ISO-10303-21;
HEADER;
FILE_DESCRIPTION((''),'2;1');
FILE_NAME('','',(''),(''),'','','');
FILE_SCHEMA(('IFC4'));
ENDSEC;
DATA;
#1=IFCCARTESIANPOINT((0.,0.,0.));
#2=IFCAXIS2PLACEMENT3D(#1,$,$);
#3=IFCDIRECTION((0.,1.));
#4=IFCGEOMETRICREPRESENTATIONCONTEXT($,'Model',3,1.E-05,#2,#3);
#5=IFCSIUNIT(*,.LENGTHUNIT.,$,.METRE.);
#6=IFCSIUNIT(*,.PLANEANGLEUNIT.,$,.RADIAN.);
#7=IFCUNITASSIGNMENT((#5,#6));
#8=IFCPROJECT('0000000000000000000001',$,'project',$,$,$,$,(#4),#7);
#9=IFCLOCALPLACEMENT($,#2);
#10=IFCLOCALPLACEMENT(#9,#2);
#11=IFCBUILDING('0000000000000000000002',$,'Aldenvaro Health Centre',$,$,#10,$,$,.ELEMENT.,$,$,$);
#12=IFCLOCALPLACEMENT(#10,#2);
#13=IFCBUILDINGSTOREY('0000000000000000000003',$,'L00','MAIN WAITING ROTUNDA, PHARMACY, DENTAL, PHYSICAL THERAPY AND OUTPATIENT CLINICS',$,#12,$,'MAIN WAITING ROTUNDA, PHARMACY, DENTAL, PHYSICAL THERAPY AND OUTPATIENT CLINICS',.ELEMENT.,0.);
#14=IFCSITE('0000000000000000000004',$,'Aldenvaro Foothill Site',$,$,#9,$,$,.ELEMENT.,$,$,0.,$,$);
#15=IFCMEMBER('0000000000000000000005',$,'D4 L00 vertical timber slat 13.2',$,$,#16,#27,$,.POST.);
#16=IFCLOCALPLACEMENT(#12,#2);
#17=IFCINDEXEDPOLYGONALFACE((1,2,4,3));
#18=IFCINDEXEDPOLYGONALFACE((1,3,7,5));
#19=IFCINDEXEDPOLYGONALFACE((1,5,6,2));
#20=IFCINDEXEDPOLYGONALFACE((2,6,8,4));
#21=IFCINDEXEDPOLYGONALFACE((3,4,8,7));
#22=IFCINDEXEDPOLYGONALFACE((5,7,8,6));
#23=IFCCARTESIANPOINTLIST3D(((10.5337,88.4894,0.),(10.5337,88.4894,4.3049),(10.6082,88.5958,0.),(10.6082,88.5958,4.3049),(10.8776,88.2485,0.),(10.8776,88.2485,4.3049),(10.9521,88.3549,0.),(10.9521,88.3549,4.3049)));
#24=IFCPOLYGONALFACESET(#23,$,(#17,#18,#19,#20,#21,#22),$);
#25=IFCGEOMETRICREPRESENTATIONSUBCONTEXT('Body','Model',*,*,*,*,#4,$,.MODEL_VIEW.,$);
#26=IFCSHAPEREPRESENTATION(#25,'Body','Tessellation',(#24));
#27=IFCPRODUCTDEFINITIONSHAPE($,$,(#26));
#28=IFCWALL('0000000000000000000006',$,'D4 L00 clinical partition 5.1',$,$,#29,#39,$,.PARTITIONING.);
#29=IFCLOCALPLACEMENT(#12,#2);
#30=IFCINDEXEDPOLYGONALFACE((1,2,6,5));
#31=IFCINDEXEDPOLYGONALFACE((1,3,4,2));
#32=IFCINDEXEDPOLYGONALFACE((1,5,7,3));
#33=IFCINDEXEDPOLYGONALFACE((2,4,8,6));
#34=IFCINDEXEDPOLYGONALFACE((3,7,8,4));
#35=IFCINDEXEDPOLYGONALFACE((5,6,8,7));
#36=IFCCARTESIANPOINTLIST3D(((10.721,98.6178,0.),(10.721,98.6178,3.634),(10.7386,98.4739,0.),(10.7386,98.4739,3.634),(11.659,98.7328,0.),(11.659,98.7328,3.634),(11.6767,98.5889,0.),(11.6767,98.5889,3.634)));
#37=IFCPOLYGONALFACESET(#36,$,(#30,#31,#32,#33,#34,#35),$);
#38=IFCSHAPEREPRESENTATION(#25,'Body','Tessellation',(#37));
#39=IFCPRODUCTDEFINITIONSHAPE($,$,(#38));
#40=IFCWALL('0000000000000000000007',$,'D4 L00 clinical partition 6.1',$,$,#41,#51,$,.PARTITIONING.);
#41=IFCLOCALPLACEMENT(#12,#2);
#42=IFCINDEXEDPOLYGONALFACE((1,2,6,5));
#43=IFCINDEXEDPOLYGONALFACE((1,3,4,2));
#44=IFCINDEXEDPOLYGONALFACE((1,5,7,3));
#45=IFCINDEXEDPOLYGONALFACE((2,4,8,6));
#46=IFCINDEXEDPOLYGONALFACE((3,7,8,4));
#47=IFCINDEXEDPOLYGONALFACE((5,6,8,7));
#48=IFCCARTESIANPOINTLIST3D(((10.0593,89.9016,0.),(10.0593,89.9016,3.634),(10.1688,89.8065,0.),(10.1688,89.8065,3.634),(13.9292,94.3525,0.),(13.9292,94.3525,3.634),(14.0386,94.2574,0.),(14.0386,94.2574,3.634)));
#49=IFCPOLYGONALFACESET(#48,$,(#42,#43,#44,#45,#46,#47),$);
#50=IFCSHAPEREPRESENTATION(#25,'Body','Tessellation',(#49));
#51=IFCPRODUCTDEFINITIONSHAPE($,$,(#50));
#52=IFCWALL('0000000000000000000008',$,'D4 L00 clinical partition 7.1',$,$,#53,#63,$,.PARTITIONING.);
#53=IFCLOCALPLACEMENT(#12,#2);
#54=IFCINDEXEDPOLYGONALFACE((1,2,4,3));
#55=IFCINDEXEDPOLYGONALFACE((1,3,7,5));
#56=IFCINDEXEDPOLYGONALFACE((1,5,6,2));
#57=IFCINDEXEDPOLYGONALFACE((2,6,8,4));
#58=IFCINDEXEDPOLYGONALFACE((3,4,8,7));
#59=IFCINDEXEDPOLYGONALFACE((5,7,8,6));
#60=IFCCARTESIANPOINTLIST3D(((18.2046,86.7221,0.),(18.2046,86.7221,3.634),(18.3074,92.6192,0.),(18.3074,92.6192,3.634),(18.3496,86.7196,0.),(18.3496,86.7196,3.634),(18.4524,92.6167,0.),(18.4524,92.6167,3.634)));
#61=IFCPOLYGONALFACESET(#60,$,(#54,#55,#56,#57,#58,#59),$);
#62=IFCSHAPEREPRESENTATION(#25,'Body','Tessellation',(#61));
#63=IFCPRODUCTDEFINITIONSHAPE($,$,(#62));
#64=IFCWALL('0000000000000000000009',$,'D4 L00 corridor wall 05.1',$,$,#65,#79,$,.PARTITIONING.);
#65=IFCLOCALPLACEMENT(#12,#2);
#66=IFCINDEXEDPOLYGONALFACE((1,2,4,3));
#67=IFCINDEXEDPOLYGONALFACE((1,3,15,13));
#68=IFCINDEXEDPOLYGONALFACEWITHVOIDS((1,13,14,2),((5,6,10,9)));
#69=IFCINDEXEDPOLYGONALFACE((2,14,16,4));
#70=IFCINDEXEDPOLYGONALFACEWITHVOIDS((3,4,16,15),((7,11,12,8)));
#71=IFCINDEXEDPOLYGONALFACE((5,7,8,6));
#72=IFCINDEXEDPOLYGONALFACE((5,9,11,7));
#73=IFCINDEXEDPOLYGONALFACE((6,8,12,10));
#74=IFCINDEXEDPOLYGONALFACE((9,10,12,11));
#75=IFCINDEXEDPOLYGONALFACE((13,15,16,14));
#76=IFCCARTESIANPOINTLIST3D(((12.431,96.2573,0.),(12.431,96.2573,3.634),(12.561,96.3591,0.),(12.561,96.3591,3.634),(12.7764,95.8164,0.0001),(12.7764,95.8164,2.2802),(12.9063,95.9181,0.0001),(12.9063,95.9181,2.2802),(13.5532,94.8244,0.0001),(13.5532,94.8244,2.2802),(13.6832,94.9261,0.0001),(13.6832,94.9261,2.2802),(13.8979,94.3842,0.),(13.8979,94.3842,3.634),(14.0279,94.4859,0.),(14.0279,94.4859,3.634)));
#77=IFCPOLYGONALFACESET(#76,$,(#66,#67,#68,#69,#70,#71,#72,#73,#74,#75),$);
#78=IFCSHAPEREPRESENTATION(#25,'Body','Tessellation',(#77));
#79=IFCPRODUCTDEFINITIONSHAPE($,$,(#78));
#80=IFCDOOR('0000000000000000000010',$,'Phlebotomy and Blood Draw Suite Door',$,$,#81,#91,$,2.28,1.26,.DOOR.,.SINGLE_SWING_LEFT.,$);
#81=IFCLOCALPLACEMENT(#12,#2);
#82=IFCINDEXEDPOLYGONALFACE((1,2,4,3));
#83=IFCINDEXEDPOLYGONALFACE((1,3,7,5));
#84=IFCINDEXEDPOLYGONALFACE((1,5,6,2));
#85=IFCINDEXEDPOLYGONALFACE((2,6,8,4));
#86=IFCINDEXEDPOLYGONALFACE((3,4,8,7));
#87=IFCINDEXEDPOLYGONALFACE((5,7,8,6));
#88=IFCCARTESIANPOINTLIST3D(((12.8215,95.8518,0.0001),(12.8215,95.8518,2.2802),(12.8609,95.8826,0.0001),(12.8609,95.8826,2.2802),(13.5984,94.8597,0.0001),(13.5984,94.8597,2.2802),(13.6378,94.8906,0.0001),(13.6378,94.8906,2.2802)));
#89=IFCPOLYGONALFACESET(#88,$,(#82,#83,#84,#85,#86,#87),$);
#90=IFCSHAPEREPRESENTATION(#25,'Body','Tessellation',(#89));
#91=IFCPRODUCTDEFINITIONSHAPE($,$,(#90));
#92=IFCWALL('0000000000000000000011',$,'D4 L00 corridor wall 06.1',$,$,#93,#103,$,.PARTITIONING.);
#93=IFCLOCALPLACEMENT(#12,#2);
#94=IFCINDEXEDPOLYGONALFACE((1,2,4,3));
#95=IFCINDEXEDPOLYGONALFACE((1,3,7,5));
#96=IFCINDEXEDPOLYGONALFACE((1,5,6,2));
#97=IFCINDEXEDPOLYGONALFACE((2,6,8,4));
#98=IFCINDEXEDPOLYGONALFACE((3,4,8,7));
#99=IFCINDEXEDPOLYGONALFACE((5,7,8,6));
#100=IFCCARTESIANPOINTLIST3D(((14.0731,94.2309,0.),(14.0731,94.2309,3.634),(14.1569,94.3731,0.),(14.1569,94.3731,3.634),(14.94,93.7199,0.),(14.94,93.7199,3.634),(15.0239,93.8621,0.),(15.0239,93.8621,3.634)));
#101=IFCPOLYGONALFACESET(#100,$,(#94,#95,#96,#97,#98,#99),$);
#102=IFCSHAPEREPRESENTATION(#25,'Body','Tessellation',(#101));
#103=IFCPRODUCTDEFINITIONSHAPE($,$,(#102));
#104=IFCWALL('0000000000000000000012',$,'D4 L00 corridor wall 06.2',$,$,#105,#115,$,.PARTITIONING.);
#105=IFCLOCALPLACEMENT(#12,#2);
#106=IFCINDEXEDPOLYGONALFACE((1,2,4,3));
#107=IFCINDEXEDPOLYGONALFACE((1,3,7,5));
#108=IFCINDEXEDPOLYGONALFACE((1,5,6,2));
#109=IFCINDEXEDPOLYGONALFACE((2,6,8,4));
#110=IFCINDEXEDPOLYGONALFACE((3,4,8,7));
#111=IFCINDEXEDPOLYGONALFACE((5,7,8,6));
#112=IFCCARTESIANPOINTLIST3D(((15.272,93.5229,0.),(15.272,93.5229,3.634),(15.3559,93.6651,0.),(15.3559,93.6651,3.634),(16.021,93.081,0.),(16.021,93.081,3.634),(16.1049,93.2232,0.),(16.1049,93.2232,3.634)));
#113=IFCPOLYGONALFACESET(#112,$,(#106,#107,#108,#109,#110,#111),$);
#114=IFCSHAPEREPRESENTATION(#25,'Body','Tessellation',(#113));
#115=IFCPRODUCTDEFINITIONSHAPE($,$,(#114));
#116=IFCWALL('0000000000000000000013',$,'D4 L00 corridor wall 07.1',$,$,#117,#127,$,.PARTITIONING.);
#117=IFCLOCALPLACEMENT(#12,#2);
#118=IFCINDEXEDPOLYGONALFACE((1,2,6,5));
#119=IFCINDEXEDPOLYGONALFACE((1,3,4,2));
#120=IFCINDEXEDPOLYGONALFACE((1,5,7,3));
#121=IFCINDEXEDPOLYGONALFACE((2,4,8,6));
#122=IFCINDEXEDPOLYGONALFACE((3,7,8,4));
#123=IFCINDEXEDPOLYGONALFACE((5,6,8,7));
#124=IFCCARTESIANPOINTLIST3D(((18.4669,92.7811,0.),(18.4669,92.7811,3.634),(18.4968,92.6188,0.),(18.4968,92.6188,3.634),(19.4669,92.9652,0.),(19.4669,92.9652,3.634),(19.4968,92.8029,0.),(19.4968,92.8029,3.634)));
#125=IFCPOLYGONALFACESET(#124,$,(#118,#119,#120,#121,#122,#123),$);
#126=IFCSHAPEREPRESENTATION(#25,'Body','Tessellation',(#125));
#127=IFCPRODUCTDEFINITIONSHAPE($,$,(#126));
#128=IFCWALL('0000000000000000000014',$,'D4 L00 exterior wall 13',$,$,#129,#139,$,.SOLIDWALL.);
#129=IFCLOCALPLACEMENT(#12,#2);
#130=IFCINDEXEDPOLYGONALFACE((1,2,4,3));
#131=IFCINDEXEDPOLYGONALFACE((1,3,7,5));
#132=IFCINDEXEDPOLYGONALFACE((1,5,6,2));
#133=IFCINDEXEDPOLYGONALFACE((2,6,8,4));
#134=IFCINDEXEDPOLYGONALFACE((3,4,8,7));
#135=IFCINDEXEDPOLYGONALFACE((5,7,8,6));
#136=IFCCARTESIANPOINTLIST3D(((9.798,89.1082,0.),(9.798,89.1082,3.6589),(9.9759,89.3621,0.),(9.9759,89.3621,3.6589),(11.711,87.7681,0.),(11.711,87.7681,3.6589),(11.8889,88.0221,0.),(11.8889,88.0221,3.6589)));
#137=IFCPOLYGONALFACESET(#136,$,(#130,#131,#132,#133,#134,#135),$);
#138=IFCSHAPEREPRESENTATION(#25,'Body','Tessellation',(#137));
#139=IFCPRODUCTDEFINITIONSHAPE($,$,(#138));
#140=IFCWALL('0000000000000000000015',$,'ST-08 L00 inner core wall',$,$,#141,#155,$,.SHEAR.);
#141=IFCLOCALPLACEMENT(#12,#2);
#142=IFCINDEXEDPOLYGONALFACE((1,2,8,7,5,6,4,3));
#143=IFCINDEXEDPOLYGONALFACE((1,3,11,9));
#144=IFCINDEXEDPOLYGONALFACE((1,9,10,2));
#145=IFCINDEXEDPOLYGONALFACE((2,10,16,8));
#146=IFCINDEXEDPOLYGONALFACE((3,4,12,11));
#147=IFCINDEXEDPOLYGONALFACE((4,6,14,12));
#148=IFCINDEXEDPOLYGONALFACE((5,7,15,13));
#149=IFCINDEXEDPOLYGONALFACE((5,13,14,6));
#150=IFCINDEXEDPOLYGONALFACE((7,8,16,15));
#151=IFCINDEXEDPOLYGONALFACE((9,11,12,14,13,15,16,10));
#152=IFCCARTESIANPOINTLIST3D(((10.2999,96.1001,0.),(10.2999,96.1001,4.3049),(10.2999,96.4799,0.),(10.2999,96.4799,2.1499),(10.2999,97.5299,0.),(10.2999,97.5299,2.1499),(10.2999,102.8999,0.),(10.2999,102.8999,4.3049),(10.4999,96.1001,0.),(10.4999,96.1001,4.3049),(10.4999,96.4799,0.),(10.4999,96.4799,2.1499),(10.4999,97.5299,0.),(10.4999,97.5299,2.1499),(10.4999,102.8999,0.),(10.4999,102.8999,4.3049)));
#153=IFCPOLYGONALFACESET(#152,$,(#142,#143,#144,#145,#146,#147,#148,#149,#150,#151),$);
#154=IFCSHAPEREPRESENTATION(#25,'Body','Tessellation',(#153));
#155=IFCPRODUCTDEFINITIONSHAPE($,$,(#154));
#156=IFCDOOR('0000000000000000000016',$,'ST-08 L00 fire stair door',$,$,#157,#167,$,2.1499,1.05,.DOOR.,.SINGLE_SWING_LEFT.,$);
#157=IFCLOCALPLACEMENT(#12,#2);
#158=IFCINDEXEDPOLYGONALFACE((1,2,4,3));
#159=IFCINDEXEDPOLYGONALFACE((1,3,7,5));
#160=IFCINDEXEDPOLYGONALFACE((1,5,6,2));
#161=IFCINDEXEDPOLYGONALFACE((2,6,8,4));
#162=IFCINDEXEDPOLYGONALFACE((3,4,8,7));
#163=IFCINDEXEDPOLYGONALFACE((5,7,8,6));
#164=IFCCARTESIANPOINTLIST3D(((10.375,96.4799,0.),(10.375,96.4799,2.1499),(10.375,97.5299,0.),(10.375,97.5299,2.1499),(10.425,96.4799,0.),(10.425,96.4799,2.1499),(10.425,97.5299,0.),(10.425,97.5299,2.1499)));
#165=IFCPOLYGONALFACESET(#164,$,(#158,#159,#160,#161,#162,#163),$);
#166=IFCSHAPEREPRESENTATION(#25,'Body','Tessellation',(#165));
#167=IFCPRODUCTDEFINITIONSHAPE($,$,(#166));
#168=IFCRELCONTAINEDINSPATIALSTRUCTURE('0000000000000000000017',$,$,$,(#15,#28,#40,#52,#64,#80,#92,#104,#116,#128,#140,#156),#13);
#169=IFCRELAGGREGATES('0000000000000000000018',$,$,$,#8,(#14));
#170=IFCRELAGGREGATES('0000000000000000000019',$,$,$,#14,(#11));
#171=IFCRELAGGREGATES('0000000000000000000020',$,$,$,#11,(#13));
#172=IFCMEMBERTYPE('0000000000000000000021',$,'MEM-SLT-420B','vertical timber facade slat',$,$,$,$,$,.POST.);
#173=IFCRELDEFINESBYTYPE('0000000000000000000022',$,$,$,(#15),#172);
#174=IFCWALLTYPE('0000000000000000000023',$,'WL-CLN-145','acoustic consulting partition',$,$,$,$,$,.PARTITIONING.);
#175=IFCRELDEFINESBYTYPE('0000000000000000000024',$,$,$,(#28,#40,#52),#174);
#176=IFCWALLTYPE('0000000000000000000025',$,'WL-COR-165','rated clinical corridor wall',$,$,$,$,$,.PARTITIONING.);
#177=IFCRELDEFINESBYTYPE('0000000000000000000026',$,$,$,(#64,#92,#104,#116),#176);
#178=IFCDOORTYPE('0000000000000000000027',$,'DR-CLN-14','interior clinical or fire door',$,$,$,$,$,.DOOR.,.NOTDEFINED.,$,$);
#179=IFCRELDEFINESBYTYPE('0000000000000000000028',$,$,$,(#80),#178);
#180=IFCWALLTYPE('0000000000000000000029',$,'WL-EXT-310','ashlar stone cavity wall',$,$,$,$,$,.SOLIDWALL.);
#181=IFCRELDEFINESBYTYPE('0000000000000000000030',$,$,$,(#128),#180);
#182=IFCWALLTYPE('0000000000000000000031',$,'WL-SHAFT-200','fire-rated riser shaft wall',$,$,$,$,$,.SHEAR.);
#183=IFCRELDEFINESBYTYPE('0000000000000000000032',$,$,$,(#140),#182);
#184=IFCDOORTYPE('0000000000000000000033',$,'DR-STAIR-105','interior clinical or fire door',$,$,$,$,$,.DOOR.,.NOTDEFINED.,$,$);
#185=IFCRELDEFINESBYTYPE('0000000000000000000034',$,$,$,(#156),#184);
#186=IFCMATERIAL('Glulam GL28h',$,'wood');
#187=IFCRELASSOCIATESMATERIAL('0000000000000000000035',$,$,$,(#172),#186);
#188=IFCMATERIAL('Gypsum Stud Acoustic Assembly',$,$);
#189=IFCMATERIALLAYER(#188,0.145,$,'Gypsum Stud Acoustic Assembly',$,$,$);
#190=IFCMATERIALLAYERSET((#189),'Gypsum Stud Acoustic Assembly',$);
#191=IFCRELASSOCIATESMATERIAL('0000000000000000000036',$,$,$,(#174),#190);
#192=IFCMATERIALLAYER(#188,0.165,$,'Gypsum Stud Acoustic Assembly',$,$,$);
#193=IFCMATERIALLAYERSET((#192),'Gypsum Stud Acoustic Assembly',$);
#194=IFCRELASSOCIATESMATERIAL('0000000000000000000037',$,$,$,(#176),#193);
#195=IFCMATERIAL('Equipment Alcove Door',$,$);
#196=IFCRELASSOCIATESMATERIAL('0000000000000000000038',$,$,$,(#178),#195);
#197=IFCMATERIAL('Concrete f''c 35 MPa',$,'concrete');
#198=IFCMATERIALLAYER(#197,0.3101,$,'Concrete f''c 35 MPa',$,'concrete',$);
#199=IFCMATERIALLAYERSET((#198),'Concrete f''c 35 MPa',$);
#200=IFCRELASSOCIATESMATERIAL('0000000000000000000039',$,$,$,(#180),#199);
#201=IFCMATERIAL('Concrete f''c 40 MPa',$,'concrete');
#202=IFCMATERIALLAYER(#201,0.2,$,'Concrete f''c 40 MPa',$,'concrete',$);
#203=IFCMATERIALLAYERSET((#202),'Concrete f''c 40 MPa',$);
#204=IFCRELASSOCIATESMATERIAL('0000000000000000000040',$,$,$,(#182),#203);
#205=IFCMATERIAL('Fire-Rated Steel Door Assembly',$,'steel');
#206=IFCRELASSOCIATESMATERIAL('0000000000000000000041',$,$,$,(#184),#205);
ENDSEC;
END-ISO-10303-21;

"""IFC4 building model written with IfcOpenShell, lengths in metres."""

from ifc_helpers import new_model, si_unit, direction, frame, frame_2d, origin, origin_2d, place, context, subcontext, project, spatial, rectangle, extrude, material, layer, layer_set, material_profile, profile_set, type_object, element, fill, save


model = new_model("IFC4")

# Units and contexts
model_context = context("Model", 3, precision=1e-05, world=origin(), true_north=direction((0.0, 1.0)))
body_context = subcontext(model_context, "Body", "Model", "MODEL_VIEW")
ifc_project = project(units=[si_unit("LENGTHUNIT", "METRE"), si_unit("PLANEANGLEUNIT", "RADIAN")], contexts=[model_context])

# Site, building, storey
site_placement = place(None, origin())
site = spatial("IfcSite", under=ifc_project, at=site_placement, Name="Aldenvaro Foothill Site", CompositionType="ELEMENT", RefElevation=0.0)
building_placement = place(site_placement, origin())
building = spatial("IfcBuilding", under=site, at=building_placement, Name="Aldenvaro Health Centre", CompositionType="ELEMENT")
storey_placement = place(building_placement, origin())
storey = spatial("IfcBuildingStorey", under=building, at=storey_placement, Name="L00", Description="MAIN WAITING ROTUNDA, PHARMACY, DENTAL, PHYSICAL THERAPY AND OUTPATIENT CLINICS", LongName="MAIN WAITING ROTUNDA, PHARMACY, DENTAL, PHYSICAL THERAPY AND OUTPATIENT CLINICS", CompositionType="ELEMENT", Elevation=0.0)

# Shared definitions
ifc_material_1 = material(Name="Glulam GL28h", Category="wood")
ifc_material_2 = material(Name="Concrete f'c 40 MPa", Category="concrete")

# Member
ifc_material_profile_1 = material_profile(ifc_material_1, rectangle(XDim=0.1299, YDim=0.4199, at=origin_2d()), Name="GL 130x420", Category="wood")
ifc_profile_set_1 = profile_set([ifc_material_profile_1], Name="Glulam GL28h")
member_type_1 = type_object("IfcMemberType", Name="MEM-SLT-420B", Description="vertical timber facade slat", PredefinedType="POST", material=ifc_profile_set_1)
member_placement = place(storey_placement, frame((10.7429, 88.4221, 0.0), z_axis=(0.0, 0.0, 1.0), x_axis=(-0.573721, -0.819051, 0.0)))
element("IfcMember", 1, at=member_placement, inside=storey, type_object=member_type_1, Name="D4 L00 vertical timber slat 13.2", PredefinedType="POST", context=body_context, shape_type="SweptSolid", body=[
    extrude(rectangle(XDim=0.1299, YDim=0.4199, at=origin_2d()), origin(), (0.0, 0.0, 1.0), 4.3049),
])

# Walls
ifc_material_3 = material(Name="Gypsum Stud Acoustic Assembly")
ifc_layer_1 = layer(ifc_material_3, 0.145, Name="Gypsum Stud Acoustic Assembly")
ifc_layer_set_1 = layer_set([ifc_layer_1], Name="Gypsum Stud Acoustic Assembly")
wall_type_1 = type_object("IfcWallType", Name="WL-CLN-145", Description="acoustic consulting partition", PredefinedType="PARTITIONING", material=ifc_layer_set_1)
wall_1_placement = place(storey_placement, frame((11.668, 98.6609, 0.0), z_axis=(0.0, 0.0, 1.0), x_axis=(-0.992569, -0.121681, 0.0)))
element("IfcWall", 2, at=wall_1_placement, inside=storey, type_object=wall_type_1, Name="D4 L00 clinical partition 5.1", PredefinedType="PARTITIONING", context=body_context, shape_type="SweptSolid", body=[
    extrude(rectangle(XDim=0.9451, YDim=0.145, at=frame_2d((0.4727, 0.0))), origin(), (0.0, 0.0, 1.0), 3.634),
])
for number, where, z_axis, x_axis, name in (
    (3, (13.9839, 94.3049, 0.0), (0.0, 0.0, 1.0), (-0.656131, -0.754647, 0.0), "D4 L00 clinical partition 6.1"),
    (4, (18.3799, 92.6179, 0.0), (0.0, 0.0, 1.0), (-0.017427, -0.999848, 0.0), "D4 L00 clinical partition 7.1"),
):
    element("IfcWall", number, at=place(storey_placement, frame(where, z_axis=z_axis, x_axis=x_axis)), inside=storey, type_object=wall_type_1, Name=name, PredefinedType="PARTITIONING", context=body_context, shape_type="SweptSolid", body=[
        extrude(rectangle(XDim=5.8979, YDim=0.145, at=frame_2d((2.949, 0.0))), origin(), (0.0, 0.0, 1.0), 3.634),
    ])

# Wall, opening, door
ifc_layer_2 = layer(ifc_material_3, 0.165, Name="Gypsum Stud Acoustic Assembly")
ifc_layer_set_2 = layer_set([ifc_layer_2], Name="Gypsum Stud Acoustic Assembly")
wall_type_2 = type_object("IfcWallType", Name="WL-COR-165", Description="rated clinical corridor wall", PredefinedType="PARTITIONING", material=ifc_layer_set_2)
wall_2_placement = place(storey_placement, frame((12.4961, 96.3081, 0.0), z_axis=(0.0, 0.0, 1.0), x_axis=(0.616552, -0.787314, 0.0)))
wall_2 = element("IfcWall", 5, at=wall_2_placement, inside=storey, type_object=wall_type_2, Name="D4 L00 corridor wall 05.1", PredefinedType="PARTITIONING", context=body_context, shape_type="SweptSolid", body=[
    extrude(rectangle(XDim=2.3792, YDim=0.165, at=frame_2d((1.1895, 0.0))), origin(), (0.0, 0.0, 1.0), 3.634),
])
opening_1_placement = place(wall_2_placement, frame((0.5601, 0.0, 0.0)))
opening_1 = element("IfcOpeningElement", 6, at=opening_1_placement, cuts=wall_2, PredefinedType="OPENING", context=body_context, shape_type="SweptSolid", body=[
    extrude(rectangle(XDim=1.26, YDim=2.28, at=frame_2d((0.6299, 1.1401))), frame((0.0, 0.0925, 0.0), z_axis=(0.0, -1.0, 0.0), x_axis=(1.0, 0.0, 0.0)), (0.0, 0.0, 1.0), 0.1851),
])
ifc_material_4 = material(Name="Equipment Alcove Door")
door_type_1 = type_object("IfcDoorType", Name="DR-CLN-14", Description="interior clinical or fire door", OperationType="NOTDEFINED", PredefinedType="DOOR", material=ifc_material_4)
door_1_placement = place(opening_1_placement, origin())
door_1 = element("IfcDoor", 7, at=door_1_placement, inside=storey, type_object=door_type_1, Name="Phlebotomy and Blood Draw Suite Door", OperationType="SINGLE_SWING_LEFT", OverallHeight=2.28, OverallWidth=1.26, PredefinedType="DOOR", context=body_context, shape_type="SweptSolid", body=[
    extrude(rectangle(XDim=1.26, YDim=2.28, at=frame_2d((0.6299, 1.1401))), frame((0.0, 0.0249, 0.0), z_axis=(0.0, -1.0, 0.0), x_axis=(1.0, 0.0, 0.0)), (0.0, 0.0, 1.0), 0.05),
])
fill(opening_1, door_1)

# Walls
wall_3_placement = place(storey_placement, frame((14.115, 94.302, 0.0), z_axis=(0.0, 0.0, 1.0), x_axis=(0.861491, -0.507773, 0.0)))
element("IfcWall", 8, at=wall_3_placement, inside=storey, type_object=wall_type_2, Name="D4 L00 corridor wall 06.1", PredefinedType="PARTITIONING", context=body_context, shape_type="SweptSolid", body=[
    extrude(rectangle(XDim=1.0063, YDim=0.165, at=frame_2d((0.5032, 0.0))), origin(), (0.0, 0.0, 1.0), 3.634),
])
wall_4_placement = place(storey_placement, frame((15.314, 93.594, 0.0), z_axis=(0.0, 0.0, 1.0), x_axis=(0.861284, -0.508124, 0.0)))
element("IfcWall", 9, at=wall_4_placement, inside=storey, type_object=wall_type_2, Name="D4 L00 corridor wall 06.2", PredefinedType="PARTITIONING", context=body_context, shape_type="SweptSolid", body=[
    extrude(rectangle(XDim=0.8696, YDim=0.165, at=frame_2d((0.4348, 0.0))), origin(), (0.0, 0.0, 1.0), 3.634),
])

# Walls
wall_5_placement = place(storey_placement, frame((18.4819, 92.7, 0.0), z_axis=(0.0, 0.0, 1.0), x_axis=(0.983476, 0.18104, 0.0)))
element("IfcWall", 10, at=wall_5_placement, inside=storey, type_object=wall_type_2, Name="D4 L00 corridor wall 07.1", PredefinedType="PARTITIONING", context=body_context, shape_type="SweptSolid", body=[
    extrude(rectangle(XDim=1.0168, YDim=0.165, at=frame_2d((0.5083, 0.0))), origin(), (0.0, 0.0, 1.0), 3.634),
])
ifc_material_5 = material(Name="Concrete f'c 35 MPa", Category="concrete")
ifc_layer_3 = layer(ifc_material_5, 0.3101, Name="Concrete f'c 35 MPa", Category="concrete")
ifc_layer_set_3 = layer_set([ifc_layer_3], Name="Concrete f'c 35 MPa")
wall_type_3 = type_object("IfcWallType", Name="WL-EXT-310", Description="ashlar stone cavity wall", PredefinedType="SOLIDWALL", material=ifc_layer_set_3)
wall_6_placement = place(storey_placement, frame((11.8, 87.895, 0.0), z_axis=(0.0, 0.0, 1.0), x_axis=(-0.819045, 0.573729, 0.0)))
element("IfcWall", 11, at=wall_6_placement, inside=storey, type_object=wall_type_3, Name="D4 L00 exterior wall 13", PredefinedType="SOLIDWALL", context=body_context, shape_type="SweptSolid", body=[
    extrude(rectangle(XDim=2.3357, YDim=0.3101, at=frame_2d((1.168, 0.0))), origin(), (0.0, 0.0, 1.0), 3.6589),
])

# Wall, opening, door
ifc_layer_4 = layer(ifc_material_2, 0.2, Name="Concrete f'c 40 MPa", Category="concrete")
ifc_layer_set_4 = layer_set([ifc_layer_4], Name="Concrete f'c 40 MPa")
wall_type_4 = type_object("IfcWallType", Name="WL-SHAFT-200", Description="fire-rated riser shaft wall", PredefinedType="SHEAR", material=ifc_layer_set_4)
wall_7_placement = place(storey_placement, frame((10.3999, 96.1001, 0.0), z_axis=(0.0, 0.0, 1.0), x_axis=(0.0, 1.0, 0.0)))
wall_7 = element("IfcWall", 12, at=wall_7_placement, inside=storey, type_object=wall_type_4, Name="ST-08 L00 inner core wall", PredefinedType="SHEAR", context=body_context, shape_type="SweptSolid", body=[
    extrude(rectangle(XDim=6.7998, YDim=0.2, at=frame_2d((3.3999, 0.0))), origin(), (0.0, 0.0, 1.0), 4.3049),
])
opening_2_placement = place(wall_7_placement, frame((0.3799, 0.0, 0.0)))
opening_2 = element("IfcOpeningElement", 13, at=opening_2_placement, cuts=wall_7, PredefinedType="OPENING", context=body_context, shape_type="SweptSolid", body=[
    extrude(rectangle(XDim=1.05, YDim=2.1499, at=frame_2d((0.5249, 1.075))), frame((0.0, 0.1099, 0.0), z_axis=(0.0, -1.0, 0.0), x_axis=(1.0, 0.0, 0.0)), (0.0, 0.0, 1.0), 0.22),
])
ifc_material_6 = material(Name="Fire-Rated Steel Door Assembly", Category="steel")
door_type_2 = type_object("IfcDoorType", Name="DR-STAIR-105", Description="interior clinical or fire door", OperationType="NOTDEFINED", PredefinedType="DOOR", material=ifc_material_6)
door_2_placement = place(opening_2_placement, origin())
door_2 = element("IfcDoor", 14, at=door_2_placement, inside=storey, type_object=door_type_2, Name="ST-08 L00 fire stair door", OperationType="SINGLE_SWING_LEFT", OverallHeight=2.1499, OverallWidth=1.05, PredefinedType="DOOR", context=body_context, shape_type="SweptSolid", body=[
    extrude(rectangle(XDim=1.05, YDim=2.1499, at=frame_2d((0.5249, 1.075))), frame((0.0, 0.0249, 0.0), z_axis=(0.0, -1.0, 0.0), x_axis=(1.0, 0.0, 0.0)), (0.0, 0.0, 1.0), 0.05),
])
fill(opening_2, door_2)

save(model, "model.ifc")
